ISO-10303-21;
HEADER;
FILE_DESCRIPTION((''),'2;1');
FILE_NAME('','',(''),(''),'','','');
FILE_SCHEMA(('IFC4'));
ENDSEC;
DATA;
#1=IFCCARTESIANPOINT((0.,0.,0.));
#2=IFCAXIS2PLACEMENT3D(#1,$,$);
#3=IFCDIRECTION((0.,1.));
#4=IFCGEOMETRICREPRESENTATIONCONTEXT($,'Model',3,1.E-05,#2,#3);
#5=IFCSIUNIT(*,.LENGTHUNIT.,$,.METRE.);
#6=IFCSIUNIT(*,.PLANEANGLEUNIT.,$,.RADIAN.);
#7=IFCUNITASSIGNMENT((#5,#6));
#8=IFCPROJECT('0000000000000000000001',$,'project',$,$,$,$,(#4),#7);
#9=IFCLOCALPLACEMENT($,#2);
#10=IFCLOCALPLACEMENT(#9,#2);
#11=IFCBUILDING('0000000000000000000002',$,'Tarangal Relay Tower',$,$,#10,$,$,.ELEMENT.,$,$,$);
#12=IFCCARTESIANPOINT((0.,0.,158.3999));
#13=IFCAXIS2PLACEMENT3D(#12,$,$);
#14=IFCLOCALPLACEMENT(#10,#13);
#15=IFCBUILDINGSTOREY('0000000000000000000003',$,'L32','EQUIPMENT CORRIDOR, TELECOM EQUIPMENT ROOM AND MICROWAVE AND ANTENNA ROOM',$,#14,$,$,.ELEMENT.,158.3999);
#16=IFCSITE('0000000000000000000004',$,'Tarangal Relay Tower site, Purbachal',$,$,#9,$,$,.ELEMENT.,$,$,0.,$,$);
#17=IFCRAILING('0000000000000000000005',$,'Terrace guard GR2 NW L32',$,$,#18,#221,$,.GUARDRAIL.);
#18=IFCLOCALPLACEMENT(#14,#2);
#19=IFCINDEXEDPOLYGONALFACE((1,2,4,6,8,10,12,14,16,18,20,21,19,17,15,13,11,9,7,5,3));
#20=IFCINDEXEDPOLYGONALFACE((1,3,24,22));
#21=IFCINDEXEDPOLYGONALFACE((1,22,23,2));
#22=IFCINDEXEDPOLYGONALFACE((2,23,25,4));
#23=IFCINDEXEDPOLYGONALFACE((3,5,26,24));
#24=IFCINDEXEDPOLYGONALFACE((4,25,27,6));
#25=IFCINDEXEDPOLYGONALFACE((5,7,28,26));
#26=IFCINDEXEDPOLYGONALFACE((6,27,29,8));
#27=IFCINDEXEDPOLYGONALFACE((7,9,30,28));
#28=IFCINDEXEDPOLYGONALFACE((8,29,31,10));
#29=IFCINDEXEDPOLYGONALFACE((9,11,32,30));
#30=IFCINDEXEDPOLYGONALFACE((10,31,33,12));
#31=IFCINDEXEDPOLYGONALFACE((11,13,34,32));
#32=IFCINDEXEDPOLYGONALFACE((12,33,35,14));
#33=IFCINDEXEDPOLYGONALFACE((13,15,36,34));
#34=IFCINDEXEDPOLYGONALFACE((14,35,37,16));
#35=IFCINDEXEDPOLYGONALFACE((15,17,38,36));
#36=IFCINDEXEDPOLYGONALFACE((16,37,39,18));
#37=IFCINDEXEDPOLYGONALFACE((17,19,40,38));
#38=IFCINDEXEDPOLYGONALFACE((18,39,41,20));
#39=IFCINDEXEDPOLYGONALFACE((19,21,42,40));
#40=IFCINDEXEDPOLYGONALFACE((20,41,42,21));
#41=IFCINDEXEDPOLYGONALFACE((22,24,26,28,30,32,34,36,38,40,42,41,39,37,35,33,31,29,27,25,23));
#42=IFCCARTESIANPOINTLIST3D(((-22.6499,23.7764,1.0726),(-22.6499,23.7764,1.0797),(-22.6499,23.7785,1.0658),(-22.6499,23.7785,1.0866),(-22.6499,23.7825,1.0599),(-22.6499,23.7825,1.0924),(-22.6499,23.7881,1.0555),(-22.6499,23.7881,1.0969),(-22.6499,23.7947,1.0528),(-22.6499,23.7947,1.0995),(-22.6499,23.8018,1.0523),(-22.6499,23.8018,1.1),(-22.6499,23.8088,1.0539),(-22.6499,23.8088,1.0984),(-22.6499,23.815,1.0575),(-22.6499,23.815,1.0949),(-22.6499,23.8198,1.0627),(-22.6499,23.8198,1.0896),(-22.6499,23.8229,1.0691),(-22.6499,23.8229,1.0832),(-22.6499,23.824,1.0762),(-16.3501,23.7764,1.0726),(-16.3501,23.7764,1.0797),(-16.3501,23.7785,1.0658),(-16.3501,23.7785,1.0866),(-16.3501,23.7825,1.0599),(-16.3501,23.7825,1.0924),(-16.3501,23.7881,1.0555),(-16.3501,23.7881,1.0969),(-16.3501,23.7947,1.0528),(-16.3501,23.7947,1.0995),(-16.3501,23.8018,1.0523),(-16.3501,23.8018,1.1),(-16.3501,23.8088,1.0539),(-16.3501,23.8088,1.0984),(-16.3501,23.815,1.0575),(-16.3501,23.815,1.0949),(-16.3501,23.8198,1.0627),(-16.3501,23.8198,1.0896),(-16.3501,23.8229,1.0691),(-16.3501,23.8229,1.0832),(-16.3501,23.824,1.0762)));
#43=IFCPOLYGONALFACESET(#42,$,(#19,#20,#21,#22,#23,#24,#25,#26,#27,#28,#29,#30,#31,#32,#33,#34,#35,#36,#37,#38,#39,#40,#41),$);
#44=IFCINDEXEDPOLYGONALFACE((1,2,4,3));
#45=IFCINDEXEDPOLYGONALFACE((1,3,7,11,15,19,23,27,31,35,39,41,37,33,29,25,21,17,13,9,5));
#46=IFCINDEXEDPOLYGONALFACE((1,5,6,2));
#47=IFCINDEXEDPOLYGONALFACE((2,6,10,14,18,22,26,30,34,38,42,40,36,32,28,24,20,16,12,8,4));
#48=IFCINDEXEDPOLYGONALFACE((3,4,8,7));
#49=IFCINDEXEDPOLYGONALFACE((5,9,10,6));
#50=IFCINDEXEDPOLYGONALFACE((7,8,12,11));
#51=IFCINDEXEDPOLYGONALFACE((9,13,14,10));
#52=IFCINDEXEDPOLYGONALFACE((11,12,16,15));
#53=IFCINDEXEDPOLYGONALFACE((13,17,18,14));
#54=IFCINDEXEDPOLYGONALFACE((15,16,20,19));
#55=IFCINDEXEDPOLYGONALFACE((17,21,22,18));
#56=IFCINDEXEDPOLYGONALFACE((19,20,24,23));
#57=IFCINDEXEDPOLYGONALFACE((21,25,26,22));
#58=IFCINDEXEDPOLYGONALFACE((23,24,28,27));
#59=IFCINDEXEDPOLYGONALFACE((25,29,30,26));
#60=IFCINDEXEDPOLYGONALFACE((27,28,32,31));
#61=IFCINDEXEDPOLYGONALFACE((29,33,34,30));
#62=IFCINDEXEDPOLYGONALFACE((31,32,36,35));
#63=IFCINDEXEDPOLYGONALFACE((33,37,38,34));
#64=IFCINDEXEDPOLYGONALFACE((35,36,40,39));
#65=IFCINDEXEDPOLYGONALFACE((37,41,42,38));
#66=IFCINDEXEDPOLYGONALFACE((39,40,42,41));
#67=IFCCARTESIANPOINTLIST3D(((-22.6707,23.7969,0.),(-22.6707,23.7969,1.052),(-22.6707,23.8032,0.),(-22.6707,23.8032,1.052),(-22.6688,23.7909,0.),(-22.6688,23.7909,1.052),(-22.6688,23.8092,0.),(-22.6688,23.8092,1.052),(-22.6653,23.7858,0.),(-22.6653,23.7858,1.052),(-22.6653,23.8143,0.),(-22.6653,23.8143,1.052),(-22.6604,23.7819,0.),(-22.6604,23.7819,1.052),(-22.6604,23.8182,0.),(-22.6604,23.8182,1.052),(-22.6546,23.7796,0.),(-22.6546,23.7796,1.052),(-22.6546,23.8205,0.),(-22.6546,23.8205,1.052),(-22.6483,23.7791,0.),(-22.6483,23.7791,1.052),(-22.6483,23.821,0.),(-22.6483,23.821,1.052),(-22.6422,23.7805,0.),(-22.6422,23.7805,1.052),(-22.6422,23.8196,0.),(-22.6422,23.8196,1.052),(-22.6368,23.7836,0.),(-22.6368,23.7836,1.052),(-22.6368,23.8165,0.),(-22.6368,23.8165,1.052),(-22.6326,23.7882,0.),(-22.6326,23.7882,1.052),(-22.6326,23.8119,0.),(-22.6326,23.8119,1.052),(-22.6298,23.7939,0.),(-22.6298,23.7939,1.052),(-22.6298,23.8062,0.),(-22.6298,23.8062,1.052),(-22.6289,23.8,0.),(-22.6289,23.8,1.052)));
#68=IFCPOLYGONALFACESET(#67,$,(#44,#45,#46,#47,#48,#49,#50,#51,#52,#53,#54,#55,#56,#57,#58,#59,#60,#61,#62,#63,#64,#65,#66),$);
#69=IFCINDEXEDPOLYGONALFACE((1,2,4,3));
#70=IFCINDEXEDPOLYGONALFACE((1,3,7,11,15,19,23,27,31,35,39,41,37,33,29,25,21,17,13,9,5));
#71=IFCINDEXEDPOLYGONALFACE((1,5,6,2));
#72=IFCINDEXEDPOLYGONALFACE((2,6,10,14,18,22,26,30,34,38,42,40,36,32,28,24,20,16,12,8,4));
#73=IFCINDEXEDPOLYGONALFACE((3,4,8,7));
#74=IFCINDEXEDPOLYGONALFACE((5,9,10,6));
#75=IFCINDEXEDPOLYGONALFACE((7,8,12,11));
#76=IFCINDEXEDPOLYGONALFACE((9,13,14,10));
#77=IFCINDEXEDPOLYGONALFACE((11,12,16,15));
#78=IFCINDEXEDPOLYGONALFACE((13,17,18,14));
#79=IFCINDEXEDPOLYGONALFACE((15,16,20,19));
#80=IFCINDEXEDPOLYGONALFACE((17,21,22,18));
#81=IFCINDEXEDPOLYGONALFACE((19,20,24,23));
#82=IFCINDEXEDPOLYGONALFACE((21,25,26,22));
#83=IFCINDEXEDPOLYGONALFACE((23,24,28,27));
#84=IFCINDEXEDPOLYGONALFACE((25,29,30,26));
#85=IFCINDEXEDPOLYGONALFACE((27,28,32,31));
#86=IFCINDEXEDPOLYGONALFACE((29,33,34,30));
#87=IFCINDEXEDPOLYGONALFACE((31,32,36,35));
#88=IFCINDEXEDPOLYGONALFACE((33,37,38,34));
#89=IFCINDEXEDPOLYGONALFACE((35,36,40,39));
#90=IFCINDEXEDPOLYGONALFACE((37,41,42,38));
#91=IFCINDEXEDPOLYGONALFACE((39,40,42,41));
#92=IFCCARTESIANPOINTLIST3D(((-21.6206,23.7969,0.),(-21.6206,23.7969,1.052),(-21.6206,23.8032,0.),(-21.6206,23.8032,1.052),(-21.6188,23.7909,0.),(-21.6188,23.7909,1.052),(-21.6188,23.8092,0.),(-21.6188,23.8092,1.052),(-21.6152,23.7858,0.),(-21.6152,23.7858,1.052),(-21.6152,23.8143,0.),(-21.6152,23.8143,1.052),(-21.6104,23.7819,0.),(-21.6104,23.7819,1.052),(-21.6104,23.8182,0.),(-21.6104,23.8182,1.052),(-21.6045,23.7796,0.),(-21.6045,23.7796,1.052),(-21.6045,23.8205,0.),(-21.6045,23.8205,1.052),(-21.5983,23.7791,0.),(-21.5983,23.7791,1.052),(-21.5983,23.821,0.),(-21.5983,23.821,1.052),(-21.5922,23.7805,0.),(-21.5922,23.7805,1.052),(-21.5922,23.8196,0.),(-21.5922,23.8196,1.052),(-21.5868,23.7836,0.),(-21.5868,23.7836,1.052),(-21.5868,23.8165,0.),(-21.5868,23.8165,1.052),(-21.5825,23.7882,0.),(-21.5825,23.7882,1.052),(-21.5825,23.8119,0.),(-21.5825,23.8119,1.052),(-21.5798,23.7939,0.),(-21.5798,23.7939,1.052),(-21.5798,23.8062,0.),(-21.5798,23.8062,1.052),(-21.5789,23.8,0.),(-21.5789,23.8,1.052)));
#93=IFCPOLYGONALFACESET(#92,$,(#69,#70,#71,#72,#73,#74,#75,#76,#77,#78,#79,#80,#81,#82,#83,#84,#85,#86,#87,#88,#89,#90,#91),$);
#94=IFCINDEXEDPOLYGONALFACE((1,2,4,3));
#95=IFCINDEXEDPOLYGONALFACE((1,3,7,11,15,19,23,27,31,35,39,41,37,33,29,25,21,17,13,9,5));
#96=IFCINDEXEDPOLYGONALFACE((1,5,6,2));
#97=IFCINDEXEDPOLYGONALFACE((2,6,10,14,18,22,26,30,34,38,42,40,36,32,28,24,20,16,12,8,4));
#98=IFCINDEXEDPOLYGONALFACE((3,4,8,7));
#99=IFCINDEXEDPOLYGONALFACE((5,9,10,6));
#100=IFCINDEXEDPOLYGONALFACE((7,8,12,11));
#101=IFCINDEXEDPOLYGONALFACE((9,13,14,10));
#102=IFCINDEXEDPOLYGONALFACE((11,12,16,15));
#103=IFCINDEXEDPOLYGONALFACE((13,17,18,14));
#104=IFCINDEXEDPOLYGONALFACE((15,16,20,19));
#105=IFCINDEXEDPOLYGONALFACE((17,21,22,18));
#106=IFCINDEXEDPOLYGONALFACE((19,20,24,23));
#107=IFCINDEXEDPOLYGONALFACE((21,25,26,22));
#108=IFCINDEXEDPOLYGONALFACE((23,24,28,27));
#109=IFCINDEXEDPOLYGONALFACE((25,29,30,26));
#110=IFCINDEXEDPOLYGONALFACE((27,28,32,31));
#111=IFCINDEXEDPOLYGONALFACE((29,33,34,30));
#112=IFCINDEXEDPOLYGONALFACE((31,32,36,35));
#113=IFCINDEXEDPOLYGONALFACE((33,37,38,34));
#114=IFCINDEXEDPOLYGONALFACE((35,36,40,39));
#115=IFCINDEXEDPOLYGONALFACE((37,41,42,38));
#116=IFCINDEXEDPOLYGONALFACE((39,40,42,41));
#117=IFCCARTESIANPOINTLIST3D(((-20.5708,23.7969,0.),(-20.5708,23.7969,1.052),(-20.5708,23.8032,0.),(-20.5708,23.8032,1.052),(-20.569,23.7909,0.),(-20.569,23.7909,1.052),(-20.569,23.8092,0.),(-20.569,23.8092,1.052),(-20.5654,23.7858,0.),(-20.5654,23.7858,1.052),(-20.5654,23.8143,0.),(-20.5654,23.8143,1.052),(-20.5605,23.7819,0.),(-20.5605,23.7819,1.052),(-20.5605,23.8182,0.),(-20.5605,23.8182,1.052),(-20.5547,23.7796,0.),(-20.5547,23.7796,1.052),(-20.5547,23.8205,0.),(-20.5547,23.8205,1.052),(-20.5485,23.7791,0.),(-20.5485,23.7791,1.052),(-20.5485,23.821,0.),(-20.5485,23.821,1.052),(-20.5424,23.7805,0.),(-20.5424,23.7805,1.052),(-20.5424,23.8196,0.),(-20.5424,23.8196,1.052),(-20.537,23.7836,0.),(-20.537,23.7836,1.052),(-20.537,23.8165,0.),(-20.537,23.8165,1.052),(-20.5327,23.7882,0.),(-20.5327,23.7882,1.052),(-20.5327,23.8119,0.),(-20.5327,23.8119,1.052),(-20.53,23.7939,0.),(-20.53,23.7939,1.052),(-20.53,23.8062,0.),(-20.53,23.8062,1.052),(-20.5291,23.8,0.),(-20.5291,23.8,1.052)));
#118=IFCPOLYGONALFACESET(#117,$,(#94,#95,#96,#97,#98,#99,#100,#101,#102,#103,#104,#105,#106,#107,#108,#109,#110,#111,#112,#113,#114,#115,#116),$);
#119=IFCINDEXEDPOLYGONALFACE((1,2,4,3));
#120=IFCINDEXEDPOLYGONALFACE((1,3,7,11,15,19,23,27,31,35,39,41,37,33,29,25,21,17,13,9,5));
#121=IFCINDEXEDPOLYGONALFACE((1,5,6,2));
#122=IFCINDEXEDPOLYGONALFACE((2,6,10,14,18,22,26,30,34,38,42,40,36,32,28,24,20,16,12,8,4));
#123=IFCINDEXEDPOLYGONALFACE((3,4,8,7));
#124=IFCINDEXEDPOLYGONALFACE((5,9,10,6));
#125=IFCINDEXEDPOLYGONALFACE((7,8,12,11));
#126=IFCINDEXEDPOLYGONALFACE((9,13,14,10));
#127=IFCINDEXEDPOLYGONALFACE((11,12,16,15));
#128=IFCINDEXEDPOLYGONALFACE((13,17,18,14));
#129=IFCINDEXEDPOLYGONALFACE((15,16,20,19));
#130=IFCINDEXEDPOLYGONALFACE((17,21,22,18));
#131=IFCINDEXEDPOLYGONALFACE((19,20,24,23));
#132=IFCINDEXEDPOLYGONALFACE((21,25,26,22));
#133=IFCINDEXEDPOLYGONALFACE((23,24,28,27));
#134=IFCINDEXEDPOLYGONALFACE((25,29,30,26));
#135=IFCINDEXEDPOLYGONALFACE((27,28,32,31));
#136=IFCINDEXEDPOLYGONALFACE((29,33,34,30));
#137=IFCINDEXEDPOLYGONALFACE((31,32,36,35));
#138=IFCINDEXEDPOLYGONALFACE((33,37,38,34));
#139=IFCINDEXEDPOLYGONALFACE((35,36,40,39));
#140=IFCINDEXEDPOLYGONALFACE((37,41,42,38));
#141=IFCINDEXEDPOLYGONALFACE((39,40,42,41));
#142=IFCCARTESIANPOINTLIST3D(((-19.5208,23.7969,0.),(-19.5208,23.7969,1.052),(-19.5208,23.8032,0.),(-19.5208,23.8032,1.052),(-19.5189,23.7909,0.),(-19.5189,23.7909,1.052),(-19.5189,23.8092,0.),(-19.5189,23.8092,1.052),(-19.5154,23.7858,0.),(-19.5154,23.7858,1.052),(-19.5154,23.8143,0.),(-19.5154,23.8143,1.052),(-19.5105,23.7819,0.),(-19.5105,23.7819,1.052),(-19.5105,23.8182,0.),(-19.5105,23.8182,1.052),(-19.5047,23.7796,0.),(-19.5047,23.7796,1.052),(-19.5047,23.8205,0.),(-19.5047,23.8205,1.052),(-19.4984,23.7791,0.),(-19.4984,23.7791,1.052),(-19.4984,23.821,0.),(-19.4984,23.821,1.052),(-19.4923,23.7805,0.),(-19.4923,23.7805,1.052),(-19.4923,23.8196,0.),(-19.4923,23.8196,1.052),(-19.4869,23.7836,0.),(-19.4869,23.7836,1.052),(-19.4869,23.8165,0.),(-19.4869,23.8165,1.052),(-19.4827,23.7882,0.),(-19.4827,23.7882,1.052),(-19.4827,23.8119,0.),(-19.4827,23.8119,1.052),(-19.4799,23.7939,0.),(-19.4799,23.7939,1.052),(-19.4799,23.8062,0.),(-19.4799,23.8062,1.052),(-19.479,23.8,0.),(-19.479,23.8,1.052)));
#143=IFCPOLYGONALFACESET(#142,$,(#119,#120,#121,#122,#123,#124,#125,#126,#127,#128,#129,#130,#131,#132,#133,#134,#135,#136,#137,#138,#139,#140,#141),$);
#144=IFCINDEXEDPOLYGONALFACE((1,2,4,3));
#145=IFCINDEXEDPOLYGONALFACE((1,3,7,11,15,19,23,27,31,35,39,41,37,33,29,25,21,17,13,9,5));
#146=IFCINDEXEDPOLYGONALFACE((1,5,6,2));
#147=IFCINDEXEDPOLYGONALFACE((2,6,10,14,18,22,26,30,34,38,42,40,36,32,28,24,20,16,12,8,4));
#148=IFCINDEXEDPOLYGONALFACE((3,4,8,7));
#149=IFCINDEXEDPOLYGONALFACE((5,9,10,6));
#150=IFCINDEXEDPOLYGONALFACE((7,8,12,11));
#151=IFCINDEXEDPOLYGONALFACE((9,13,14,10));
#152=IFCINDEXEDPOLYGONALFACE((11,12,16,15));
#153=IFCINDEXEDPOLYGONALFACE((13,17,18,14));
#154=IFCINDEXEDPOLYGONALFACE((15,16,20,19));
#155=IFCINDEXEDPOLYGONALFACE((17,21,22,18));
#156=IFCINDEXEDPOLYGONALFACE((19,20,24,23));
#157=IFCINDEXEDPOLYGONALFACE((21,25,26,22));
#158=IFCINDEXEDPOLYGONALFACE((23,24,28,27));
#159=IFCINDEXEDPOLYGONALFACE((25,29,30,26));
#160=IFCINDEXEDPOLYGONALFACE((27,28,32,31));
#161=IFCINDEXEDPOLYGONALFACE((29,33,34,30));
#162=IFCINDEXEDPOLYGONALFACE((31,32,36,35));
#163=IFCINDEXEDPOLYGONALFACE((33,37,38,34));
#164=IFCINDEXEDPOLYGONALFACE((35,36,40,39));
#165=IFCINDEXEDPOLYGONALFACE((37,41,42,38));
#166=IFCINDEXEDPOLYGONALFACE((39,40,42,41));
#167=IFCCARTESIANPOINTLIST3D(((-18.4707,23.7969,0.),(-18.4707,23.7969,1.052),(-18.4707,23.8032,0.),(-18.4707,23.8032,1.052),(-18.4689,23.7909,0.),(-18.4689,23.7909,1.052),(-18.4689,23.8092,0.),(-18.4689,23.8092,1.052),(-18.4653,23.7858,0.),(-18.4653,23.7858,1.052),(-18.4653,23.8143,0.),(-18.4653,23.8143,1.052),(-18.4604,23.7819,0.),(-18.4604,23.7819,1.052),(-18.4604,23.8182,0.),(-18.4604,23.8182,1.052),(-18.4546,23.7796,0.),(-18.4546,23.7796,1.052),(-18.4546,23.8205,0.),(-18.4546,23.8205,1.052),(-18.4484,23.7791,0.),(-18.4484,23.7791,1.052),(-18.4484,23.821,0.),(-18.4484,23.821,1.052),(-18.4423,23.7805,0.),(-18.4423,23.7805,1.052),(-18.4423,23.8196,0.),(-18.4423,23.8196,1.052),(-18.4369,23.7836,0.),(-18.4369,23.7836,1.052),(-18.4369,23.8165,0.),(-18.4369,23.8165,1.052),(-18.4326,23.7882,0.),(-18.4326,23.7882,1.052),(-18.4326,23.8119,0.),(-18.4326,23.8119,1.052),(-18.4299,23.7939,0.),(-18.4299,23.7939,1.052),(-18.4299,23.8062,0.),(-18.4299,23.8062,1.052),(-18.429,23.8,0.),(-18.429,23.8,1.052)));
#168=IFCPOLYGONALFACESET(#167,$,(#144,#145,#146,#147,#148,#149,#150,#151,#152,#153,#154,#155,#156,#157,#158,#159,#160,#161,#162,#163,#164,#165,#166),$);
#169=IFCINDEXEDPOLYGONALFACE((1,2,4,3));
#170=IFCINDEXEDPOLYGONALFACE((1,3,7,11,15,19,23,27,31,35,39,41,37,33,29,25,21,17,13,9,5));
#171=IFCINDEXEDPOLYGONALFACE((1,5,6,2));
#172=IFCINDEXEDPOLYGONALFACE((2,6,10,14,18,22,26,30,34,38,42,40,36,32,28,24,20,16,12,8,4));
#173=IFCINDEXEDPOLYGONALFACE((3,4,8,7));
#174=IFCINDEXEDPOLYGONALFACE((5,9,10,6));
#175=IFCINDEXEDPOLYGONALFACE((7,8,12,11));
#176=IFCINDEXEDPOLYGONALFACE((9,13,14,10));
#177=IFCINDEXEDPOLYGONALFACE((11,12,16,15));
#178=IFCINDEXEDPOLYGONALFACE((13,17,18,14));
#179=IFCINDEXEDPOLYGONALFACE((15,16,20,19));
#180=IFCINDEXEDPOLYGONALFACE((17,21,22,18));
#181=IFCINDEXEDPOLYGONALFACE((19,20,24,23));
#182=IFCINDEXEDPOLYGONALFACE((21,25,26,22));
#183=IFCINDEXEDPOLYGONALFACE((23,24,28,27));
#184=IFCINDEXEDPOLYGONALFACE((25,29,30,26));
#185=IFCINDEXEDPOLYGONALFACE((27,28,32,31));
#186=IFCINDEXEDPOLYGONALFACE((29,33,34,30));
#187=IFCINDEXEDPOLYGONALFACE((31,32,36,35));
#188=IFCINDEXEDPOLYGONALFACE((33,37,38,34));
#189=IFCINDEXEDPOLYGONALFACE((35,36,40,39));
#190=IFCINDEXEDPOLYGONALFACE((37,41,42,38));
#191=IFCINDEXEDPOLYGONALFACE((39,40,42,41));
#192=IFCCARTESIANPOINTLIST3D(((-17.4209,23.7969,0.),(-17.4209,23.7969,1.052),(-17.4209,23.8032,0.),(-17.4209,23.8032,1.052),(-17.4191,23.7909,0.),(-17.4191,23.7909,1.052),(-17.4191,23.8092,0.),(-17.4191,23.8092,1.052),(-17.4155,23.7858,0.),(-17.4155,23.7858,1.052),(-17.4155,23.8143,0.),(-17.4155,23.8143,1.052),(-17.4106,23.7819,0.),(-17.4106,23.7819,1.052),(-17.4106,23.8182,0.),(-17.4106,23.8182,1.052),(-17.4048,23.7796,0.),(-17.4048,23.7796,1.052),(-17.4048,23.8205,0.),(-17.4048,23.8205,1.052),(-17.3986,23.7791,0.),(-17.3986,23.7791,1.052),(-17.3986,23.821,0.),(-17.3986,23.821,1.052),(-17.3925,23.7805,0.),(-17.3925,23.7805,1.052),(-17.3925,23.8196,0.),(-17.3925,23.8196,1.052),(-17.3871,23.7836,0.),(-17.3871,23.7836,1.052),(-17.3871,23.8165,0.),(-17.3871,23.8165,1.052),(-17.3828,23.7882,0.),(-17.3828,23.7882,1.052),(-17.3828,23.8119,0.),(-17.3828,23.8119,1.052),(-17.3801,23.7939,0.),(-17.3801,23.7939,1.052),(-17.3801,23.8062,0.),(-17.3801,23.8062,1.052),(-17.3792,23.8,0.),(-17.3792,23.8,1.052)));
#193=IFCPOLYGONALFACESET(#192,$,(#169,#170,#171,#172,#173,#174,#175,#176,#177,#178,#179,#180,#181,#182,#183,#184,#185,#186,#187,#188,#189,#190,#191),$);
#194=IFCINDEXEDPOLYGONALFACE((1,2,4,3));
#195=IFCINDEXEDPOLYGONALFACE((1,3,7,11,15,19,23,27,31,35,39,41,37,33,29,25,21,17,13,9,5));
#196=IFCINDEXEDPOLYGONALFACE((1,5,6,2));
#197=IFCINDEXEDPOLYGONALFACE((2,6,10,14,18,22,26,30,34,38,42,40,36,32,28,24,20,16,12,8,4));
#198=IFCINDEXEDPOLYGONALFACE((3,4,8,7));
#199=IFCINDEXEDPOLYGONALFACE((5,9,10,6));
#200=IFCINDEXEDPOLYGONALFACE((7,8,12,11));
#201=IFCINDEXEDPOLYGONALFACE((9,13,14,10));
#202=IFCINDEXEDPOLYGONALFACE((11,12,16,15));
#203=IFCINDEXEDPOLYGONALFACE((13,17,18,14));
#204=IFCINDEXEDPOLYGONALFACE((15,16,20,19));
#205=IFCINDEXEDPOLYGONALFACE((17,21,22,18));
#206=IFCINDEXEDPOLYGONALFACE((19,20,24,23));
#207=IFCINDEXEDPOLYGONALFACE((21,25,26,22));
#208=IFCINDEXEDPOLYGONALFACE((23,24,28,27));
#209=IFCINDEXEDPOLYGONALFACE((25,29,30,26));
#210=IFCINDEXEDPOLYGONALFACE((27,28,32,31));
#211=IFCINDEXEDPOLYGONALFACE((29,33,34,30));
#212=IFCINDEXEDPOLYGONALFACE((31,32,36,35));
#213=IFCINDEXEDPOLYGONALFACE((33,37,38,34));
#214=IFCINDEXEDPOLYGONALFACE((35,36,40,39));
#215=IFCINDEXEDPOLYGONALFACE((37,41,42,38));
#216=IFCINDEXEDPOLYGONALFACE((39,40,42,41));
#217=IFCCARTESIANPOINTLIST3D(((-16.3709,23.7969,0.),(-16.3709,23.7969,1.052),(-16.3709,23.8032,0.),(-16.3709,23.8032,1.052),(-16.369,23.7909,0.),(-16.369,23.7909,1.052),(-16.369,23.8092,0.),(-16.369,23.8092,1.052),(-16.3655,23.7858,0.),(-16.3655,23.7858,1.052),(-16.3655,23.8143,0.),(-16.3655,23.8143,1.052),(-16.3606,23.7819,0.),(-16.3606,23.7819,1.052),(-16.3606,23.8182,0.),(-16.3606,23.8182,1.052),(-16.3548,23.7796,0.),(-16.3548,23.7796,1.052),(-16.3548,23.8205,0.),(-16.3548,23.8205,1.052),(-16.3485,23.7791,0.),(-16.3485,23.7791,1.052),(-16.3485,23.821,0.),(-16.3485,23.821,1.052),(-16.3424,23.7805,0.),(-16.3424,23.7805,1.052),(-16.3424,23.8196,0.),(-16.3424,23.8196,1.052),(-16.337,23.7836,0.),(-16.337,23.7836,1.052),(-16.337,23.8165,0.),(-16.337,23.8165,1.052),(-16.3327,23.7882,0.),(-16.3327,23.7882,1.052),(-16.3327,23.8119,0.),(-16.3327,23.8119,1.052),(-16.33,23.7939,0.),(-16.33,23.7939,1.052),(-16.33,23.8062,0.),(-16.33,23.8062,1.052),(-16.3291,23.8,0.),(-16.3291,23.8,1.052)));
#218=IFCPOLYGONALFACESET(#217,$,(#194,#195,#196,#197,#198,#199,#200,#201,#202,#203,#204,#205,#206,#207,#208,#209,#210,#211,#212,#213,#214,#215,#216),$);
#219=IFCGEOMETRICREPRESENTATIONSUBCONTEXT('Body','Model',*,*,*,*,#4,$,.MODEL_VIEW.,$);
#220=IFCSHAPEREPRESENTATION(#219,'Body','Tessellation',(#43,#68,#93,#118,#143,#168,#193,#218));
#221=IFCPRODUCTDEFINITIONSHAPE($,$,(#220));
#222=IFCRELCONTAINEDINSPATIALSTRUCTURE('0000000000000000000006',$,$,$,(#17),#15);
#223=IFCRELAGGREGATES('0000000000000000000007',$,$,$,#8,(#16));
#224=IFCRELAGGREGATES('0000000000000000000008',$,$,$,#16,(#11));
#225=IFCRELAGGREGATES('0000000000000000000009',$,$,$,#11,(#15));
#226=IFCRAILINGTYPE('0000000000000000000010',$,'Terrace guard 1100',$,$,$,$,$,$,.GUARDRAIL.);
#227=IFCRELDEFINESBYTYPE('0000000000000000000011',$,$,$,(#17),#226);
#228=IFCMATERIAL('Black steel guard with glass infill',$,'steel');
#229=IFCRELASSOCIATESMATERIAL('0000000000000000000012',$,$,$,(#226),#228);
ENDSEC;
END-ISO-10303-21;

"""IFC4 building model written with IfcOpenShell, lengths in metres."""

from ifc_helpers import new_model, si_unit, direction, frame, origin, origin_2d, place, context, subcontext, project, spatial, circle, extrude, material, type_object, element, save


model = new_model("IFC4")

# Units and contexts
model_context = context("Model", 3, precision=1e-05, world=origin(), true_north=direction((0.0, 1.0)))
body_context = subcontext(model_context, "Body", "Model", "MODEL_VIEW")
ifc_project = project(units=[si_unit("LENGTHUNIT", "METRE"), si_unit("PLANEANGLEUNIT", "RADIAN")], contexts=[model_context])

# Site, building, storey
site_placement = place(None, origin())
site = spatial("IfcSite", under=ifc_project, at=site_placement, Name="Tarangal Relay Tower site, Purbachal", CompositionType="ELEMENT", RefElevation=0.0)
building_placement = place(site_placement, origin())
building = spatial("IfcBuilding", under=site, at=building_placement, Name="Tarangal Relay Tower", CompositionType="ELEMENT")
storey_placement = place(building_placement, frame((0.0, 0.0, 158.3999)))
storey = spatial("IfcBuildingStorey", under=building, at=storey_placement, Name="L32", Description="EQUIPMENT CORRIDOR, TELECOM EQUIPMENT ROOM AND MICROWAVE AND ANTENNA ROOM", CompositionType="ELEMENT", Elevation=158.3999)

# Railing
ifc_material_1 = material(Name="Black steel guard with glass infill", Category="steel")
railing_type = type_object("IfcRailingType", Name="Terrace guard 1100", PredefinedType="GUARDRAIL", material=ifc_material_1)
railing_1_placement = place(storey_placement, frame((-22.6499, 23.8, 0.0)))
element("IfcRailing", 1, at=railing_1_placement, inside=storey, type_object=railing_type, Name="Terrace guard GR2 NW L32", PredefinedType="GUARDRAIL", context=body_context, shape_type="SweptSolid", body=[
    extrude(circle(Radius=0.0239, at=origin_2d()), frame((0.0, 0.0, 1.0762), z_axis=(1.0, 0.0, 0.0), x_axis=(0.0, 1.0, 0.0)), (0.0, 0.0, 1.0), 6.2998),
    extrude(circle(Radius=0.021, at=origin_2d()), origin(), (0.0, 0.0, 1.0), 1.052),
    extrude(circle(Radius=0.021, at=origin_2d()), frame((1.05, 0.0, 0.0)), (0.0, 0.0, 1.0), 1.052),
    extrude(circle(Radius=0.021, at=origin_2d()), frame((2.0999, 0.0, 0.0)), (0.0, 0.0, 1.0), 1.052),
    extrude(circle(Radius=0.021, at=origin_2d()), frame((3.1499, 0.0, 0.0)), (0.0, 0.0, 1.0), 1.052),
    extrude(circle(Radius=0.021, at=origin_2d()), frame((4.2, 0.0, 0.0)), (0.0, 0.0, 1.0), 1.052),
    extrude(circle(Radius=0.021, at=origin_2d()), frame((5.2498, 0.0, 0.0)), (0.0, 0.0, 1.0), 1.052),
    extrude(circle(Radius=0.021, at=origin_2d()), frame((6.2998, 0.0, 0.0)), (0.0, 0.0, 1.0), 1.052),
])

save(model, "model.ifc")
